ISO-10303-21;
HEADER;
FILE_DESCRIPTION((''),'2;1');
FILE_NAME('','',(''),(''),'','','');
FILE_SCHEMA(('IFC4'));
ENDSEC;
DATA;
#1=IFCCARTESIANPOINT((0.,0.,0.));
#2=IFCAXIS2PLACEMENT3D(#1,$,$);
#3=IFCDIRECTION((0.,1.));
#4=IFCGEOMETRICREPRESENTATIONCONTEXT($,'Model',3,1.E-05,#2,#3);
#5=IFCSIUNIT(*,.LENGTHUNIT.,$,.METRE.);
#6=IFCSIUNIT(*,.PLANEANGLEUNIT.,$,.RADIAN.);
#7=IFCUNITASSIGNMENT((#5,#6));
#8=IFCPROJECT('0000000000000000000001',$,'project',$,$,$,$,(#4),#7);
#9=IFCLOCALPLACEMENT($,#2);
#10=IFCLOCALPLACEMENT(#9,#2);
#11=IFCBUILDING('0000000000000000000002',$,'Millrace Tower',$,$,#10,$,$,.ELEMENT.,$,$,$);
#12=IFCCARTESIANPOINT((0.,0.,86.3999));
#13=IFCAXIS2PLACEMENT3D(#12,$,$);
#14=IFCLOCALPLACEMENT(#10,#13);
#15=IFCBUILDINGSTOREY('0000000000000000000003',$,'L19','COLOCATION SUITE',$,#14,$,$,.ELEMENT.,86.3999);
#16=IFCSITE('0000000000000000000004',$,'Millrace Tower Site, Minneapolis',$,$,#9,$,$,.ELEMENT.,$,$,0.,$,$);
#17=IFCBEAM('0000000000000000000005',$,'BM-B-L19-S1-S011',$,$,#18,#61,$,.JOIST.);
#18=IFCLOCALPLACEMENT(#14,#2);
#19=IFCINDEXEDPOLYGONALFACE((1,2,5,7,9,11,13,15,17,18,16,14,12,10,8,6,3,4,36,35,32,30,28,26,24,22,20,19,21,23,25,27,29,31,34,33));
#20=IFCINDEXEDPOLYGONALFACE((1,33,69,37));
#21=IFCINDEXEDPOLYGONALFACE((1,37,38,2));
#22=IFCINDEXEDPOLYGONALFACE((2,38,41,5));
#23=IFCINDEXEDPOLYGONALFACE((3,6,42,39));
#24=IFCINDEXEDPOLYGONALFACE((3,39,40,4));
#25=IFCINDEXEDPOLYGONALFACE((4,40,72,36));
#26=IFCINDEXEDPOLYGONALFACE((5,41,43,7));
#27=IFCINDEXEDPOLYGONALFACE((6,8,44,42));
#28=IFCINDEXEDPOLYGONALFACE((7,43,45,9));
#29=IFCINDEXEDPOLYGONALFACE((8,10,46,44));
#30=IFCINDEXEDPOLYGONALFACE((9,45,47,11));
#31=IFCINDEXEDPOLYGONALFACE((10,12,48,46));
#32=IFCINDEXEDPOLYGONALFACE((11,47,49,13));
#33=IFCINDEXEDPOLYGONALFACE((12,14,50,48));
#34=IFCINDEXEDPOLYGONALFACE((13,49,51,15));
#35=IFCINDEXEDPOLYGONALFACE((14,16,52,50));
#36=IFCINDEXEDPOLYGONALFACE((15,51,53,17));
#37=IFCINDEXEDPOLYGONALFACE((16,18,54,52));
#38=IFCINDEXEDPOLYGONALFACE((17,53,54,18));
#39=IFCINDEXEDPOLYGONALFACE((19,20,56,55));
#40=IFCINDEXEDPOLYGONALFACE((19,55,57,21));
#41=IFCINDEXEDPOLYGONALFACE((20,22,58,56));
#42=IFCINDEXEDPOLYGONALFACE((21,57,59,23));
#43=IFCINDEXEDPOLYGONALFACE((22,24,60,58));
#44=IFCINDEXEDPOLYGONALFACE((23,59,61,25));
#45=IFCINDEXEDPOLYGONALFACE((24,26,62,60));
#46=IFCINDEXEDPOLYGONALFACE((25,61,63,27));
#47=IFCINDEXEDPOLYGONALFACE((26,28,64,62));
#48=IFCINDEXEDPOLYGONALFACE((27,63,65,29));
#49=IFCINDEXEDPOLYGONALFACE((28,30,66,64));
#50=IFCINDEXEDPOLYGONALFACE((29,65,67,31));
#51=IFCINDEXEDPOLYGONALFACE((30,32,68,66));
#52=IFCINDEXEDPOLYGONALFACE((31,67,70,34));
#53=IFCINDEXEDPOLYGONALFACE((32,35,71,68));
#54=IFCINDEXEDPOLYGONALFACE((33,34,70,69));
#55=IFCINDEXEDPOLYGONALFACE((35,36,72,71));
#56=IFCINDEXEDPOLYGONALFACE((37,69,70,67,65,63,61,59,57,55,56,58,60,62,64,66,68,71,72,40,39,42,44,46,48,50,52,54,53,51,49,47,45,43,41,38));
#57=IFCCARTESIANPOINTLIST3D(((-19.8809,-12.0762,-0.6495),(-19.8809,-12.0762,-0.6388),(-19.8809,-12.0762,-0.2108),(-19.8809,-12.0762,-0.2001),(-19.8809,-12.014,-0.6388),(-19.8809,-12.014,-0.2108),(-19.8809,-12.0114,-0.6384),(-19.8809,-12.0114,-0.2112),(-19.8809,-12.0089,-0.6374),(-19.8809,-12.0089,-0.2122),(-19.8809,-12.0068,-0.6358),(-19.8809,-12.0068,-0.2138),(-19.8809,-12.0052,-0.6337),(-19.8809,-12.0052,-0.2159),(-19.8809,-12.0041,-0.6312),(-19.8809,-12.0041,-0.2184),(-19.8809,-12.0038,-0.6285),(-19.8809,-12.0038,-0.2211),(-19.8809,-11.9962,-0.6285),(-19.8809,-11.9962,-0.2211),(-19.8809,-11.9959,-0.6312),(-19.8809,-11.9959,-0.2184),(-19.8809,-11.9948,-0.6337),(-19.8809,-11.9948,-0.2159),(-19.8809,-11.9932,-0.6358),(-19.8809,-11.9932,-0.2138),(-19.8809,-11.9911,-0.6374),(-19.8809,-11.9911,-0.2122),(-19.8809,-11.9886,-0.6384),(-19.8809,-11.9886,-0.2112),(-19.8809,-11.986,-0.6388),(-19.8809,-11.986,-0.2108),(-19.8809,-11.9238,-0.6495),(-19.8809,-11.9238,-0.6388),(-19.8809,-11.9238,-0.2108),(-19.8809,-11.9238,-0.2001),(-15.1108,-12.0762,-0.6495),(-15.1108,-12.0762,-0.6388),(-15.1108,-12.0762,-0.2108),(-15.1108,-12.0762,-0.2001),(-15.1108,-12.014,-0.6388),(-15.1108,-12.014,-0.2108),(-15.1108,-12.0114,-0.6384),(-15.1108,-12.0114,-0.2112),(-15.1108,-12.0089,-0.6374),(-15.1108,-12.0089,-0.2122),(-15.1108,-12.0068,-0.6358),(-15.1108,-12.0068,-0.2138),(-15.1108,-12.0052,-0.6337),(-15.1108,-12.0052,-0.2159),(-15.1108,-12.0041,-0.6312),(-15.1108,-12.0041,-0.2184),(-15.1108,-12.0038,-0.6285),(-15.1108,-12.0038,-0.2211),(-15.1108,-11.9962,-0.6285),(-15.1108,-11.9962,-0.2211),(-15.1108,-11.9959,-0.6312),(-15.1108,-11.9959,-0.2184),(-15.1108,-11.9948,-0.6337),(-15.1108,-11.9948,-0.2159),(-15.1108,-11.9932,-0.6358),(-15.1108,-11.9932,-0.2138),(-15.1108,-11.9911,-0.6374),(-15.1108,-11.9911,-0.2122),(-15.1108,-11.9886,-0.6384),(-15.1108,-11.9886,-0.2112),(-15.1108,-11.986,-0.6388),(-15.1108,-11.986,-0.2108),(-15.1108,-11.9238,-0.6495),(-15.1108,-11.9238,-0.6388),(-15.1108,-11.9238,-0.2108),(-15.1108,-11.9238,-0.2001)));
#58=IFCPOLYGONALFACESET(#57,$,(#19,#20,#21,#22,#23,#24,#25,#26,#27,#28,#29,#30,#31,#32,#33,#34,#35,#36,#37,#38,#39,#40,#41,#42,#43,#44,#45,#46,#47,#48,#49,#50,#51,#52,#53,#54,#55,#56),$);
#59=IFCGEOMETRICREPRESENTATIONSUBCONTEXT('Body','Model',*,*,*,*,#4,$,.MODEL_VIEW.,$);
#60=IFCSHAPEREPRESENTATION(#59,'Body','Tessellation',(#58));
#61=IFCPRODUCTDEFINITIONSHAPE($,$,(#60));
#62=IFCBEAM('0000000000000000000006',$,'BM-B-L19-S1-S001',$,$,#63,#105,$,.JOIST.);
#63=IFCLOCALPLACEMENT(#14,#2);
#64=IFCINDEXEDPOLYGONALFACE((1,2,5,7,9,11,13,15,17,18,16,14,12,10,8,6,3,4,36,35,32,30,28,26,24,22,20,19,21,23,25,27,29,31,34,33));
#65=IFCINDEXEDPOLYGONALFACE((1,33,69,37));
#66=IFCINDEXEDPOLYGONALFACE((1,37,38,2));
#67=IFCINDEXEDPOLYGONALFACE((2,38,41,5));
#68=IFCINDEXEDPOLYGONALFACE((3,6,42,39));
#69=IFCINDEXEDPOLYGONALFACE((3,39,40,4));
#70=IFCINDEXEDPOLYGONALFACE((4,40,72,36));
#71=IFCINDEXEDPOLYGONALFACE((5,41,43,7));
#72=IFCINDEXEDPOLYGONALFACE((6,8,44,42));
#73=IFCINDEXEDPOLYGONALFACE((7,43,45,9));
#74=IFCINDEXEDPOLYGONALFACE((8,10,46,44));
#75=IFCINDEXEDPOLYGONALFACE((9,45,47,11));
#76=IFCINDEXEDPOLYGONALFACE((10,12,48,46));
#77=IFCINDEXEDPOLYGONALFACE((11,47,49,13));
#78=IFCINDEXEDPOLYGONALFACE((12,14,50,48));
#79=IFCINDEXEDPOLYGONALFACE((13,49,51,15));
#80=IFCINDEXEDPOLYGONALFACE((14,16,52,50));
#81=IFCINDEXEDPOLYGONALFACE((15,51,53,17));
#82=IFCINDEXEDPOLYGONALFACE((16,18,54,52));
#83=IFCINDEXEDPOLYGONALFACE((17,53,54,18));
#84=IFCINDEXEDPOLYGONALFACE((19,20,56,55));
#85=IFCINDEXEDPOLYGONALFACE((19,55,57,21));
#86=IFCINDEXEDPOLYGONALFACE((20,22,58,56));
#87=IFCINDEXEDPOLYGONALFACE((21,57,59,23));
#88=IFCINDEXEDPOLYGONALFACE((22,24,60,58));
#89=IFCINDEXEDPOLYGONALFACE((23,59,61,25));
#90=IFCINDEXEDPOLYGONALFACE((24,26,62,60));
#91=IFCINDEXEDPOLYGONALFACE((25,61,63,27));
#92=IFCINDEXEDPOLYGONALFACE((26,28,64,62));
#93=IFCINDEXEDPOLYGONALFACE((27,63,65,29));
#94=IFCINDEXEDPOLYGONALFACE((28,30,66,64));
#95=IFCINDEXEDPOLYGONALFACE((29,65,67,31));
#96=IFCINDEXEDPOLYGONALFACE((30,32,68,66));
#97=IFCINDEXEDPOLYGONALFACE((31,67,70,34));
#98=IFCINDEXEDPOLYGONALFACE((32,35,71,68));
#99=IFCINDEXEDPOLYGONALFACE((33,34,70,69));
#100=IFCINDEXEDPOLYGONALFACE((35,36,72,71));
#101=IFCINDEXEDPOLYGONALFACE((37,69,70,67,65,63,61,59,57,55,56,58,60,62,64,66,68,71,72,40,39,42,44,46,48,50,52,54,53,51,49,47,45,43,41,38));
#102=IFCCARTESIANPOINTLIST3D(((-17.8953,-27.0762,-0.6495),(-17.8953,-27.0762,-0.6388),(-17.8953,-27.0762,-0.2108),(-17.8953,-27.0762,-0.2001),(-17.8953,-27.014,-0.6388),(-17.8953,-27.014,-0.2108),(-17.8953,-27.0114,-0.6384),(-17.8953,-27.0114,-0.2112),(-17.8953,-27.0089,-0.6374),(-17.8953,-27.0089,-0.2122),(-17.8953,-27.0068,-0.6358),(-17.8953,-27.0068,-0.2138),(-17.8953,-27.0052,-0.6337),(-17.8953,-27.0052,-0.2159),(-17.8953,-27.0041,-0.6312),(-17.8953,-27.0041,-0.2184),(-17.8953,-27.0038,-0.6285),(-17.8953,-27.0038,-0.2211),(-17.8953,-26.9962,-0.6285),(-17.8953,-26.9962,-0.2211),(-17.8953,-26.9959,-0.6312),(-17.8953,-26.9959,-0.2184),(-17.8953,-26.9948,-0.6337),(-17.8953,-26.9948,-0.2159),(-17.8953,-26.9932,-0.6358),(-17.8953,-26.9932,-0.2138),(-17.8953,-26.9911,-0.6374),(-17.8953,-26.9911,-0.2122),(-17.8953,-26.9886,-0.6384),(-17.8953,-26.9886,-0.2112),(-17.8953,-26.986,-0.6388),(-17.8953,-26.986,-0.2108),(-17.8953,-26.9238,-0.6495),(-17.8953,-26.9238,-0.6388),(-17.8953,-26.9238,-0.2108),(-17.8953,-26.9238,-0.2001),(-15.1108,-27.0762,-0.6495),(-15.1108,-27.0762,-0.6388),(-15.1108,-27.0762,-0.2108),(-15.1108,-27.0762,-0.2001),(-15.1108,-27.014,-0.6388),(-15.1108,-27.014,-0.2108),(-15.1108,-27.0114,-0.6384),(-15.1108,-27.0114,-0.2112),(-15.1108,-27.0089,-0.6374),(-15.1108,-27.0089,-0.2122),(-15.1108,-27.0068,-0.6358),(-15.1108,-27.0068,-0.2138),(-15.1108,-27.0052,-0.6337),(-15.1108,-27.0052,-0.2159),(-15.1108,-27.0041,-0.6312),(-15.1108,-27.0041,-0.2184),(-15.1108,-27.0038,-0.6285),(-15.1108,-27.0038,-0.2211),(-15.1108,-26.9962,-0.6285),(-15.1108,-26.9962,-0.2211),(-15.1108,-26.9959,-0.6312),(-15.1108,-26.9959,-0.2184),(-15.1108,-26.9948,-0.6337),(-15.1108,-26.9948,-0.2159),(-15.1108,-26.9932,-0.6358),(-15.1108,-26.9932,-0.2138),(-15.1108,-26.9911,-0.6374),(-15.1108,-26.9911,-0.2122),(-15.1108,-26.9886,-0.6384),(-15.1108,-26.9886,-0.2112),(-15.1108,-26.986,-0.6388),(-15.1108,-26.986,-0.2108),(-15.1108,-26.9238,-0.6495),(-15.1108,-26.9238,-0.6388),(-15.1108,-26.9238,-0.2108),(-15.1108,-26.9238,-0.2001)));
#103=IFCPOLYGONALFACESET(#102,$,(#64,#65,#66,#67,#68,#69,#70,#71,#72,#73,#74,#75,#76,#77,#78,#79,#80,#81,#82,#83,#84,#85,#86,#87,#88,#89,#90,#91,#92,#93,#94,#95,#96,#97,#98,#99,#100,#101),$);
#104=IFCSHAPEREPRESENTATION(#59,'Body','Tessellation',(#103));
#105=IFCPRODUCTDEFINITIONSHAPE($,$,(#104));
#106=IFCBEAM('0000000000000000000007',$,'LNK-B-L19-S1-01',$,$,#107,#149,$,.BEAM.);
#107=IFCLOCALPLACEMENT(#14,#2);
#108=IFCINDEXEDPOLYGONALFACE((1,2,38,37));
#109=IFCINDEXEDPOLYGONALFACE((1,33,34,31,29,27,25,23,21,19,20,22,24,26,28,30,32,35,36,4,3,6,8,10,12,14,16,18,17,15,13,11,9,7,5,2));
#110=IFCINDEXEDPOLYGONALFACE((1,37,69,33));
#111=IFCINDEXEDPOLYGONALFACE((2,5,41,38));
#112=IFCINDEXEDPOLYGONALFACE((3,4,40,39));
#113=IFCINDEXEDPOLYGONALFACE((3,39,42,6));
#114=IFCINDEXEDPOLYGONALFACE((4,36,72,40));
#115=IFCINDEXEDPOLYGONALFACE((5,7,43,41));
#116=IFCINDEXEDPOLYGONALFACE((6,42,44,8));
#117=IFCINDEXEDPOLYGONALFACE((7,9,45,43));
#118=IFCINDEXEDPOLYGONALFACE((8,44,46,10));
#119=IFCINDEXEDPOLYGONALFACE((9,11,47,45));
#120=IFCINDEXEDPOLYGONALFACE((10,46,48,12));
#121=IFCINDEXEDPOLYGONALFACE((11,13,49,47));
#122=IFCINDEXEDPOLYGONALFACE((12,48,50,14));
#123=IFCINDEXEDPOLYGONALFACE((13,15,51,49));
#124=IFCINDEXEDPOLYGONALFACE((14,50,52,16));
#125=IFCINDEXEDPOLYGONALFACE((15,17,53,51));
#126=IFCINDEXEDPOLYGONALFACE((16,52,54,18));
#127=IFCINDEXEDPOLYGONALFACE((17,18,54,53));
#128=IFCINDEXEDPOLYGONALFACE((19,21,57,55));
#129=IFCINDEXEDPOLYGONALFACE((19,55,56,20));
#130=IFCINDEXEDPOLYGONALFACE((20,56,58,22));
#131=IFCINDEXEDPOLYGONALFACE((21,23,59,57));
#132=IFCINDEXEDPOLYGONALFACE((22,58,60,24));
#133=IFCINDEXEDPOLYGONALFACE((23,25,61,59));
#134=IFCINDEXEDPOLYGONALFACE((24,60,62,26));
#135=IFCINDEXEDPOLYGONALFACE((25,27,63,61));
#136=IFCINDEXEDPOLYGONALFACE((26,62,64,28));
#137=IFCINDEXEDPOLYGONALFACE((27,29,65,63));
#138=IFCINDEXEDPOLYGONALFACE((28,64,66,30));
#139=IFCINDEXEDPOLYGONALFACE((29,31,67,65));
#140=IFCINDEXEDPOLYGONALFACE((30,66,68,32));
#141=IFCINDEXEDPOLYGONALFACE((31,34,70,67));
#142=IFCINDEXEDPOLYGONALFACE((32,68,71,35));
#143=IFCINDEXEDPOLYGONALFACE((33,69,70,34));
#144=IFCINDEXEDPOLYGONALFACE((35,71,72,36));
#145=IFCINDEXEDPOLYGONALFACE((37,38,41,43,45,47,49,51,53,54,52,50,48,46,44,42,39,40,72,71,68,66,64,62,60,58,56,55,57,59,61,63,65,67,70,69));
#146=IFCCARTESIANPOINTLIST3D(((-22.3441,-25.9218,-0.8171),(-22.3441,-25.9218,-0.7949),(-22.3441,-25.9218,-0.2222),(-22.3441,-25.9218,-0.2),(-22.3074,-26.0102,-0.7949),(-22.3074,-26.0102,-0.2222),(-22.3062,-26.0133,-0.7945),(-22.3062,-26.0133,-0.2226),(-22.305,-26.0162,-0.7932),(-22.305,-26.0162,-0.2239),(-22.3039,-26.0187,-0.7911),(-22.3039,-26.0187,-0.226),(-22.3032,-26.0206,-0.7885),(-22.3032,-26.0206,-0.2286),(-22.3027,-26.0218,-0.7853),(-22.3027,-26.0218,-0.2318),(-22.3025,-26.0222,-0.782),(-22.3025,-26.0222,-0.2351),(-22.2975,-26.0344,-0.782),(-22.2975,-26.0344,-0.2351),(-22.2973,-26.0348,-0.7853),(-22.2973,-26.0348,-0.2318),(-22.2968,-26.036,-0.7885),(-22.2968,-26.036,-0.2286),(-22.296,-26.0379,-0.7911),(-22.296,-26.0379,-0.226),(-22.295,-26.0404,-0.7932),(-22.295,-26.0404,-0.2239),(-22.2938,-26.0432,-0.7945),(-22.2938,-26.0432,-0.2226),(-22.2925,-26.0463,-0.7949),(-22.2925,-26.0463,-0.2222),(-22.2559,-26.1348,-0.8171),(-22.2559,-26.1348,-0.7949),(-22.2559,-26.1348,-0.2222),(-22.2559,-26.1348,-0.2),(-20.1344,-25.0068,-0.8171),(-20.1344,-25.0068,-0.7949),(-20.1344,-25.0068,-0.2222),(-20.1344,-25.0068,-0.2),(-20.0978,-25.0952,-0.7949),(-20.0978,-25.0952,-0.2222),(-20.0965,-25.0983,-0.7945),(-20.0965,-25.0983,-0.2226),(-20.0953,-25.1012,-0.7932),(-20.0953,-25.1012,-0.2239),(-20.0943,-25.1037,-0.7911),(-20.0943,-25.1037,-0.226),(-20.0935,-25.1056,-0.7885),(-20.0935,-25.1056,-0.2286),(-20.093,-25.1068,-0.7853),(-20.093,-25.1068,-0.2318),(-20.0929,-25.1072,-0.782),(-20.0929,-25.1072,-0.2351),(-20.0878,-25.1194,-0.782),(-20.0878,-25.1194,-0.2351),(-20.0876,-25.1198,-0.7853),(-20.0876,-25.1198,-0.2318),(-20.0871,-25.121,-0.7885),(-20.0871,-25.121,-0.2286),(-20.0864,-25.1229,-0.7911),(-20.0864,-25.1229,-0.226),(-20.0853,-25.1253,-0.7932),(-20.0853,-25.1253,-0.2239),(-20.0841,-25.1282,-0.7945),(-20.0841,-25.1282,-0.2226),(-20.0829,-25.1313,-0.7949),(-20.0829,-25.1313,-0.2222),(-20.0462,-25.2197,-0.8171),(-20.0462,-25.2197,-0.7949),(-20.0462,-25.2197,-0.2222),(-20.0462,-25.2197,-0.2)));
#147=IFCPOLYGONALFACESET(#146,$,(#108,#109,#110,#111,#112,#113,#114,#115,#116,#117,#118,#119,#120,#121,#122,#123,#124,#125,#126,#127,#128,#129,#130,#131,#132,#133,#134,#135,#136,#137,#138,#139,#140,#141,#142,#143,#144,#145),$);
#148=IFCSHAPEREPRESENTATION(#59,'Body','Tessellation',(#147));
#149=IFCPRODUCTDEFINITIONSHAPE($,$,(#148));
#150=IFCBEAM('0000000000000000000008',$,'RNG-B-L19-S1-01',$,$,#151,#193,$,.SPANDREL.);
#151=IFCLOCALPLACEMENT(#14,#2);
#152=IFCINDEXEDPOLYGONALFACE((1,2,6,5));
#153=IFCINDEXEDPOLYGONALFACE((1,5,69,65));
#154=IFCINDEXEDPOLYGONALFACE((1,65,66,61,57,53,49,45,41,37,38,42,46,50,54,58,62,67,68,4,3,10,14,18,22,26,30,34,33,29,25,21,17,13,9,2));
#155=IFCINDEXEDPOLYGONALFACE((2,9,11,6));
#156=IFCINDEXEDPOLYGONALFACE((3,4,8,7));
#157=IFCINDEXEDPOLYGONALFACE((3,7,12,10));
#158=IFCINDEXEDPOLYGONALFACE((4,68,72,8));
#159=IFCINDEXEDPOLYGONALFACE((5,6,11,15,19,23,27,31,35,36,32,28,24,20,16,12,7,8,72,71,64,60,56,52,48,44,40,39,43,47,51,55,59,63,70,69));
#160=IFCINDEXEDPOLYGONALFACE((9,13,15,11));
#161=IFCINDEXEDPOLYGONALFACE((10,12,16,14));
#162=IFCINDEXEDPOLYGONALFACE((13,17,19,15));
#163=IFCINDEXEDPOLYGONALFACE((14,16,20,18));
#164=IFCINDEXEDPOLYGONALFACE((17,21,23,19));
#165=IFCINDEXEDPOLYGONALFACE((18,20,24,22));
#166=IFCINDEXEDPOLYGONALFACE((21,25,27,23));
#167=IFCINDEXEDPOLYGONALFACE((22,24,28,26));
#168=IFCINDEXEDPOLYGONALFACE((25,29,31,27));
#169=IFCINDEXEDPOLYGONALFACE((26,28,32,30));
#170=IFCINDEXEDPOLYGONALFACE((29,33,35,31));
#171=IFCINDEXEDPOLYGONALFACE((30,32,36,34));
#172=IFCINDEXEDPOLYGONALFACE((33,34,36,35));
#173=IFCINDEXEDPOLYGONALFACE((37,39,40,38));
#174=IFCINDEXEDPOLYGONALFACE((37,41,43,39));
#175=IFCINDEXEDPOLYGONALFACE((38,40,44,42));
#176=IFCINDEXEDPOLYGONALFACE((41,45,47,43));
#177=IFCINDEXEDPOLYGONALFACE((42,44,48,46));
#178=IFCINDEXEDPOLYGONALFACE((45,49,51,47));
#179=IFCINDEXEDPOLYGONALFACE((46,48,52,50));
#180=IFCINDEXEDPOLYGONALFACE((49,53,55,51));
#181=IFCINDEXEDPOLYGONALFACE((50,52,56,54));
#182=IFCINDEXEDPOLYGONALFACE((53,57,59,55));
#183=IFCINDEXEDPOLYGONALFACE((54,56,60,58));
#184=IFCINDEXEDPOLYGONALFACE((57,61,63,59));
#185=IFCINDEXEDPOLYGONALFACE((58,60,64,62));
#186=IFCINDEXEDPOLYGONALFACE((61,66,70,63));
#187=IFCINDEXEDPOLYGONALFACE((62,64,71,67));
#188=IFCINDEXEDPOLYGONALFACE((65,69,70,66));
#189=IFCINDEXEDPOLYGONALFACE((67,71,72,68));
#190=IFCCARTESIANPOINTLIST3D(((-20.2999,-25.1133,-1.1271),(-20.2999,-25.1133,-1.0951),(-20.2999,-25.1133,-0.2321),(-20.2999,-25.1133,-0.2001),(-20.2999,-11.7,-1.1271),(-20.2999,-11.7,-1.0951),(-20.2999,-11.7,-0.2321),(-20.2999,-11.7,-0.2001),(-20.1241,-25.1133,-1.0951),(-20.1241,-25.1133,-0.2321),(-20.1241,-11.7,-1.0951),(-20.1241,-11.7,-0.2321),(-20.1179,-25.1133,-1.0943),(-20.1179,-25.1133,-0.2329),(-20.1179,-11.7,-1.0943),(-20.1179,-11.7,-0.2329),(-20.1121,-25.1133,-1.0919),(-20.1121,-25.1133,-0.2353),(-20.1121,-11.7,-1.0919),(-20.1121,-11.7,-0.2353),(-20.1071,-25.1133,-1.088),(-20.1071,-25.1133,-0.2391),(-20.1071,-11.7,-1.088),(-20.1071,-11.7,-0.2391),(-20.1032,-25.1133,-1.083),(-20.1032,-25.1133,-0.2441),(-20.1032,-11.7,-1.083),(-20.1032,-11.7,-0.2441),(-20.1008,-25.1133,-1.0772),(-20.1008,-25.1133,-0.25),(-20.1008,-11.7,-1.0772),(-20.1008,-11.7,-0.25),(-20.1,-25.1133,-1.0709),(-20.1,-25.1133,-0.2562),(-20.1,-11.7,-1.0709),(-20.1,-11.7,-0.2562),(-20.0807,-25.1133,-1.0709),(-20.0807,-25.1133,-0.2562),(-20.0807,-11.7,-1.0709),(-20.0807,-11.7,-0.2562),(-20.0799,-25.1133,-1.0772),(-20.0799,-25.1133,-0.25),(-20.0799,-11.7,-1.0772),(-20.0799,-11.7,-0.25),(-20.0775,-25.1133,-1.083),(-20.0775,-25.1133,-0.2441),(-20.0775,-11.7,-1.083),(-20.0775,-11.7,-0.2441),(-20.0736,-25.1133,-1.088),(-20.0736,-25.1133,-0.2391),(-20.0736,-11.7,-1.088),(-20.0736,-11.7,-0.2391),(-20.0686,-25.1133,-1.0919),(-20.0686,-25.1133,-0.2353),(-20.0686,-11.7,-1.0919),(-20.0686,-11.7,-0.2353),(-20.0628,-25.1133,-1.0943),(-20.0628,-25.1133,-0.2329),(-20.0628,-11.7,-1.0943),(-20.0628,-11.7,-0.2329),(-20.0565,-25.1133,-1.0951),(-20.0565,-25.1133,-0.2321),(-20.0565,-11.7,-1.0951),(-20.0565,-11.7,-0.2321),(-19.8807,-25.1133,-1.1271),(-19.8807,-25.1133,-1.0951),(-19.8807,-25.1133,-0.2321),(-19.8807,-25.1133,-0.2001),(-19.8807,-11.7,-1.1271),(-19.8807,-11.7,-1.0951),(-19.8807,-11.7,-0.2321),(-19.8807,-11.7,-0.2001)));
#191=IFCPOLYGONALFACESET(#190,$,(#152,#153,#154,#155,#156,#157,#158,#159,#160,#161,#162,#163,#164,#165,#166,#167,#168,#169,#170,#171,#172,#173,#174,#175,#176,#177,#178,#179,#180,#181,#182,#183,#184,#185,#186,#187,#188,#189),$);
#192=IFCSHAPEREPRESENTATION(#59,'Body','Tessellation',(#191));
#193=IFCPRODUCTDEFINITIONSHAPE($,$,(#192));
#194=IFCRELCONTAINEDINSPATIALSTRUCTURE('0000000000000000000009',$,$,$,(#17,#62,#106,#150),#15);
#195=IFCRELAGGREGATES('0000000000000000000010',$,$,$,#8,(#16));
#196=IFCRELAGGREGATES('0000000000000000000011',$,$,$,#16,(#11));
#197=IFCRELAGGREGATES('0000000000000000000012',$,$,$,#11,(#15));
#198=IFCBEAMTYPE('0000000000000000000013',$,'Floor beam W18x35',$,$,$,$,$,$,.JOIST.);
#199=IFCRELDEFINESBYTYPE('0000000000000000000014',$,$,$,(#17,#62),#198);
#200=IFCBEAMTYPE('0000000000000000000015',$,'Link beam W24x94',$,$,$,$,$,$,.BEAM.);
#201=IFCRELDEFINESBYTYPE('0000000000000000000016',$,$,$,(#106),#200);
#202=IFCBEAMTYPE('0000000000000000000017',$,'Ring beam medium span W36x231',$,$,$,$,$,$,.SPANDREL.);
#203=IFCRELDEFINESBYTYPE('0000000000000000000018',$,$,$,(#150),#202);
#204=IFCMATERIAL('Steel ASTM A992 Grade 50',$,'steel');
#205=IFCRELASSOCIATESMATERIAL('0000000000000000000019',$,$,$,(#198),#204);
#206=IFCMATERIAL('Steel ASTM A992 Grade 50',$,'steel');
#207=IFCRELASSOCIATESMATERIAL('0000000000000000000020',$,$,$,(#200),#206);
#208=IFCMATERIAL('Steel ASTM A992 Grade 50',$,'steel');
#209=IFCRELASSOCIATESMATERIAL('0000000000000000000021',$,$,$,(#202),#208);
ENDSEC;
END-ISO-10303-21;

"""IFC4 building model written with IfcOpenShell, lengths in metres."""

from ifc_helpers import new_model, si_unit, direction, frame, origin, origin_2d, place, context, subcontext, project, spatial, i_section, extrude, material, material_profile, profile_set, type_object, element, save


model = new_model("IFC4")

# Units and contexts
model_context = context("Model", 3, precision=1e-05, world=origin(), true_north=direction((0.0, 1.0)))
body_context = subcontext(model_context, "Body", "Model", "MODEL_VIEW")
ifc_project = project(units=[si_unit("LENGTHUNIT", "METRE"), si_unit("PLANEANGLEUNIT", "RADIAN")], contexts=[model_context])

# Site, building, storey
site_placement = place(None, origin())
site = spatial("IfcSite", under=ifc_project, at=site_placement, Name="Millrace Tower Site, Minneapolis", CompositionType="ELEMENT", RefElevation=0.0)
building_placement = place(site_placement, origin())
building = spatial("IfcBuilding", under=site, at=building_placement, Name="Millrace Tower", CompositionType="ELEMENT")
storey_placement = place(building_placement, frame((0.0, 0.0, 86.3999)))
storey = spatial("IfcBuildingStorey", under=building, at=storey_placement, Name="L19", Description="COLOCATION SUITE", CompositionType="ELEMENT", Elevation=86.3999)

# Beams
ifc_material_1 = material(Name="Steel ASTM A992 Grade 50", Category="steel")
ifc_material_profile_1 = material_profile(ifc_material_1, i_section(OverallWidth=0.1523, OverallDepth=0.4495, WebThickness=0.0076, FlangeThickness=0.0107, FilletRadius=0.0103, at=origin_2d()))
ifc_profile_set_1 = profile_set([ifc_material_profile_1], Name="Steel ASTM A992 Grade 50")
beam_type_1 = type_object("IfcBeamType", Name="Floor beam W18x35", PredefinedType="JOIST", material=ifc_profile_set_1)
for number, where, z_axis, x_axis, name in (
    (1, (-19.8809, -12.0, -0.4248), (1.0, 0.0, 0.0), (0.0, 1.0, 0.0), "BM-B-L19-S1-S011"),
):
    element("IfcBeam", number, at=place(storey_placement, frame(where, z_axis=z_axis, x_axis=x_axis)), inside=storey, type_object=beam_type_1, Name=name, PredefinedType="JOIST", context=body_context, shape_type="SweptSolid", body=[
        extrude(i_section(OverallWidth=0.1523, OverallDepth=0.4495, WebThickness=0.0076, FlangeThickness=0.0107, FilletRadius=0.0103, at=origin_2d()), origin(), (0.0, 0.0, 1.0), 4.77),
    ])
beam_1_placement = place(storey_placement, frame((-17.8953, -27.0, -0.4248), z_axis=(1.0, 0.0, 0.0), x_axis=(0.0, 1.0, 0.0)))
element("IfcBeam", 2, at=beam_1_placement, inside=storey, type_object=beam_type_1, Name="BM-B-L19-S1-S001", PredefinedType="JOIST", context=body_context, shape_type="SweptSolid", body=[
    extrude(i_section(OverallWidth=0.1523, OverallDepth=0.4495, WebThickness=0.0076, FlangeThickness=0.0107, FilletRadius=0.0103, at=origin_2d()), origin(), (0.0, 0.0, 1.0), 2.7844),
])
ifc_material_2 = material(Name="Steel ASTM A992 Grade 50", Category="steel")
ifc_material_profile_2 = material_profile(ifc_material_2, i_section(OverallWidth=0.2305, OverallDepth=0.6172, WebThickness=0.0132, FlangeThickness=0.0222, FilletRadius=0.0129, at=origin_2d()))
ifc_profile_set_2 = profile_set([ifc_material_profile_2], Name="Steel ASTM A992 Grade 50")
beam_type_2 = type_object("IfcBeamType", Name="Link beam W24x94", PredefinedType="BEAM", material=ifc_profile_set_2)
beam_2_placement = place(storey_placement, frame((-20.0903, -25.1133, -0.5085), z_axis=(-0.923917, -0.382592, 0.0), x_axis=(0.382592, -0.923917, 0.0)))
element("IfcBeam", 3, at=beam_2_placement, inside=storey, type_object=beam_type_2, Name="LNK-B-L19-S1-01", PredefinedType="BEAM", context=body_context, shape_type="SweptSolid", body=[
    extrude(i_section(OverallWidth=0.2305, OverallDepth=0.6172, WebThickness=0.0132, FlangeThickness=0.0222, FilletRadius=0.0129, at=origin_2d()), origin(), (0.0, 0.0, 1.0), 2.3916),
])
ifc_material_3 = material(Name="Steel ASTM A992 Grade 50", Category="steel")
ifc_material_profile_3 = material_profile(ifc_material_3, i_section(OverallWidth=0.4192, OverallDepth=0.927, WebThickness=0.0193, FlangeThickness=0.032, FilletRadius=0.0242, at=origin_2d()))
ifc_profile_set_3 = profile_set([ifc_material_profile_3], Name="Steel ASTM A992 Grade 50")
beam_type_3 = type_object("IfcBeamType", Name="Ring beam medium span W36x231", PredefinedType="SPANDREL", material=ifc_profile_set_3)
beam_3_placement = place(storey_placement, frame((-20.0903, -25.1133, -0.6636), z_axis=(0.0, 1.0, 0.0), x_axis=(-1.0, 0.0, 0.0)))
element("IfcBeam", 4, at=beam_3_placement, inside=storey, type_object=beam_type_3, Name="RNG-B-L19-S1-01", PredefinedType="SPANDREL", context=body_context, shape_type="SweptSolid", body=[
    extrude(i_section(OverallWidth=0.4192, OverallDepth=0.927, WebThickness=0.0193, FlangeThickness=0.032, FilletRadius=0.0242, at=origin_2d()), origin(), (0.0, 0.0, 1.0), 13.4133),
])

save(model, "model.ifc")
